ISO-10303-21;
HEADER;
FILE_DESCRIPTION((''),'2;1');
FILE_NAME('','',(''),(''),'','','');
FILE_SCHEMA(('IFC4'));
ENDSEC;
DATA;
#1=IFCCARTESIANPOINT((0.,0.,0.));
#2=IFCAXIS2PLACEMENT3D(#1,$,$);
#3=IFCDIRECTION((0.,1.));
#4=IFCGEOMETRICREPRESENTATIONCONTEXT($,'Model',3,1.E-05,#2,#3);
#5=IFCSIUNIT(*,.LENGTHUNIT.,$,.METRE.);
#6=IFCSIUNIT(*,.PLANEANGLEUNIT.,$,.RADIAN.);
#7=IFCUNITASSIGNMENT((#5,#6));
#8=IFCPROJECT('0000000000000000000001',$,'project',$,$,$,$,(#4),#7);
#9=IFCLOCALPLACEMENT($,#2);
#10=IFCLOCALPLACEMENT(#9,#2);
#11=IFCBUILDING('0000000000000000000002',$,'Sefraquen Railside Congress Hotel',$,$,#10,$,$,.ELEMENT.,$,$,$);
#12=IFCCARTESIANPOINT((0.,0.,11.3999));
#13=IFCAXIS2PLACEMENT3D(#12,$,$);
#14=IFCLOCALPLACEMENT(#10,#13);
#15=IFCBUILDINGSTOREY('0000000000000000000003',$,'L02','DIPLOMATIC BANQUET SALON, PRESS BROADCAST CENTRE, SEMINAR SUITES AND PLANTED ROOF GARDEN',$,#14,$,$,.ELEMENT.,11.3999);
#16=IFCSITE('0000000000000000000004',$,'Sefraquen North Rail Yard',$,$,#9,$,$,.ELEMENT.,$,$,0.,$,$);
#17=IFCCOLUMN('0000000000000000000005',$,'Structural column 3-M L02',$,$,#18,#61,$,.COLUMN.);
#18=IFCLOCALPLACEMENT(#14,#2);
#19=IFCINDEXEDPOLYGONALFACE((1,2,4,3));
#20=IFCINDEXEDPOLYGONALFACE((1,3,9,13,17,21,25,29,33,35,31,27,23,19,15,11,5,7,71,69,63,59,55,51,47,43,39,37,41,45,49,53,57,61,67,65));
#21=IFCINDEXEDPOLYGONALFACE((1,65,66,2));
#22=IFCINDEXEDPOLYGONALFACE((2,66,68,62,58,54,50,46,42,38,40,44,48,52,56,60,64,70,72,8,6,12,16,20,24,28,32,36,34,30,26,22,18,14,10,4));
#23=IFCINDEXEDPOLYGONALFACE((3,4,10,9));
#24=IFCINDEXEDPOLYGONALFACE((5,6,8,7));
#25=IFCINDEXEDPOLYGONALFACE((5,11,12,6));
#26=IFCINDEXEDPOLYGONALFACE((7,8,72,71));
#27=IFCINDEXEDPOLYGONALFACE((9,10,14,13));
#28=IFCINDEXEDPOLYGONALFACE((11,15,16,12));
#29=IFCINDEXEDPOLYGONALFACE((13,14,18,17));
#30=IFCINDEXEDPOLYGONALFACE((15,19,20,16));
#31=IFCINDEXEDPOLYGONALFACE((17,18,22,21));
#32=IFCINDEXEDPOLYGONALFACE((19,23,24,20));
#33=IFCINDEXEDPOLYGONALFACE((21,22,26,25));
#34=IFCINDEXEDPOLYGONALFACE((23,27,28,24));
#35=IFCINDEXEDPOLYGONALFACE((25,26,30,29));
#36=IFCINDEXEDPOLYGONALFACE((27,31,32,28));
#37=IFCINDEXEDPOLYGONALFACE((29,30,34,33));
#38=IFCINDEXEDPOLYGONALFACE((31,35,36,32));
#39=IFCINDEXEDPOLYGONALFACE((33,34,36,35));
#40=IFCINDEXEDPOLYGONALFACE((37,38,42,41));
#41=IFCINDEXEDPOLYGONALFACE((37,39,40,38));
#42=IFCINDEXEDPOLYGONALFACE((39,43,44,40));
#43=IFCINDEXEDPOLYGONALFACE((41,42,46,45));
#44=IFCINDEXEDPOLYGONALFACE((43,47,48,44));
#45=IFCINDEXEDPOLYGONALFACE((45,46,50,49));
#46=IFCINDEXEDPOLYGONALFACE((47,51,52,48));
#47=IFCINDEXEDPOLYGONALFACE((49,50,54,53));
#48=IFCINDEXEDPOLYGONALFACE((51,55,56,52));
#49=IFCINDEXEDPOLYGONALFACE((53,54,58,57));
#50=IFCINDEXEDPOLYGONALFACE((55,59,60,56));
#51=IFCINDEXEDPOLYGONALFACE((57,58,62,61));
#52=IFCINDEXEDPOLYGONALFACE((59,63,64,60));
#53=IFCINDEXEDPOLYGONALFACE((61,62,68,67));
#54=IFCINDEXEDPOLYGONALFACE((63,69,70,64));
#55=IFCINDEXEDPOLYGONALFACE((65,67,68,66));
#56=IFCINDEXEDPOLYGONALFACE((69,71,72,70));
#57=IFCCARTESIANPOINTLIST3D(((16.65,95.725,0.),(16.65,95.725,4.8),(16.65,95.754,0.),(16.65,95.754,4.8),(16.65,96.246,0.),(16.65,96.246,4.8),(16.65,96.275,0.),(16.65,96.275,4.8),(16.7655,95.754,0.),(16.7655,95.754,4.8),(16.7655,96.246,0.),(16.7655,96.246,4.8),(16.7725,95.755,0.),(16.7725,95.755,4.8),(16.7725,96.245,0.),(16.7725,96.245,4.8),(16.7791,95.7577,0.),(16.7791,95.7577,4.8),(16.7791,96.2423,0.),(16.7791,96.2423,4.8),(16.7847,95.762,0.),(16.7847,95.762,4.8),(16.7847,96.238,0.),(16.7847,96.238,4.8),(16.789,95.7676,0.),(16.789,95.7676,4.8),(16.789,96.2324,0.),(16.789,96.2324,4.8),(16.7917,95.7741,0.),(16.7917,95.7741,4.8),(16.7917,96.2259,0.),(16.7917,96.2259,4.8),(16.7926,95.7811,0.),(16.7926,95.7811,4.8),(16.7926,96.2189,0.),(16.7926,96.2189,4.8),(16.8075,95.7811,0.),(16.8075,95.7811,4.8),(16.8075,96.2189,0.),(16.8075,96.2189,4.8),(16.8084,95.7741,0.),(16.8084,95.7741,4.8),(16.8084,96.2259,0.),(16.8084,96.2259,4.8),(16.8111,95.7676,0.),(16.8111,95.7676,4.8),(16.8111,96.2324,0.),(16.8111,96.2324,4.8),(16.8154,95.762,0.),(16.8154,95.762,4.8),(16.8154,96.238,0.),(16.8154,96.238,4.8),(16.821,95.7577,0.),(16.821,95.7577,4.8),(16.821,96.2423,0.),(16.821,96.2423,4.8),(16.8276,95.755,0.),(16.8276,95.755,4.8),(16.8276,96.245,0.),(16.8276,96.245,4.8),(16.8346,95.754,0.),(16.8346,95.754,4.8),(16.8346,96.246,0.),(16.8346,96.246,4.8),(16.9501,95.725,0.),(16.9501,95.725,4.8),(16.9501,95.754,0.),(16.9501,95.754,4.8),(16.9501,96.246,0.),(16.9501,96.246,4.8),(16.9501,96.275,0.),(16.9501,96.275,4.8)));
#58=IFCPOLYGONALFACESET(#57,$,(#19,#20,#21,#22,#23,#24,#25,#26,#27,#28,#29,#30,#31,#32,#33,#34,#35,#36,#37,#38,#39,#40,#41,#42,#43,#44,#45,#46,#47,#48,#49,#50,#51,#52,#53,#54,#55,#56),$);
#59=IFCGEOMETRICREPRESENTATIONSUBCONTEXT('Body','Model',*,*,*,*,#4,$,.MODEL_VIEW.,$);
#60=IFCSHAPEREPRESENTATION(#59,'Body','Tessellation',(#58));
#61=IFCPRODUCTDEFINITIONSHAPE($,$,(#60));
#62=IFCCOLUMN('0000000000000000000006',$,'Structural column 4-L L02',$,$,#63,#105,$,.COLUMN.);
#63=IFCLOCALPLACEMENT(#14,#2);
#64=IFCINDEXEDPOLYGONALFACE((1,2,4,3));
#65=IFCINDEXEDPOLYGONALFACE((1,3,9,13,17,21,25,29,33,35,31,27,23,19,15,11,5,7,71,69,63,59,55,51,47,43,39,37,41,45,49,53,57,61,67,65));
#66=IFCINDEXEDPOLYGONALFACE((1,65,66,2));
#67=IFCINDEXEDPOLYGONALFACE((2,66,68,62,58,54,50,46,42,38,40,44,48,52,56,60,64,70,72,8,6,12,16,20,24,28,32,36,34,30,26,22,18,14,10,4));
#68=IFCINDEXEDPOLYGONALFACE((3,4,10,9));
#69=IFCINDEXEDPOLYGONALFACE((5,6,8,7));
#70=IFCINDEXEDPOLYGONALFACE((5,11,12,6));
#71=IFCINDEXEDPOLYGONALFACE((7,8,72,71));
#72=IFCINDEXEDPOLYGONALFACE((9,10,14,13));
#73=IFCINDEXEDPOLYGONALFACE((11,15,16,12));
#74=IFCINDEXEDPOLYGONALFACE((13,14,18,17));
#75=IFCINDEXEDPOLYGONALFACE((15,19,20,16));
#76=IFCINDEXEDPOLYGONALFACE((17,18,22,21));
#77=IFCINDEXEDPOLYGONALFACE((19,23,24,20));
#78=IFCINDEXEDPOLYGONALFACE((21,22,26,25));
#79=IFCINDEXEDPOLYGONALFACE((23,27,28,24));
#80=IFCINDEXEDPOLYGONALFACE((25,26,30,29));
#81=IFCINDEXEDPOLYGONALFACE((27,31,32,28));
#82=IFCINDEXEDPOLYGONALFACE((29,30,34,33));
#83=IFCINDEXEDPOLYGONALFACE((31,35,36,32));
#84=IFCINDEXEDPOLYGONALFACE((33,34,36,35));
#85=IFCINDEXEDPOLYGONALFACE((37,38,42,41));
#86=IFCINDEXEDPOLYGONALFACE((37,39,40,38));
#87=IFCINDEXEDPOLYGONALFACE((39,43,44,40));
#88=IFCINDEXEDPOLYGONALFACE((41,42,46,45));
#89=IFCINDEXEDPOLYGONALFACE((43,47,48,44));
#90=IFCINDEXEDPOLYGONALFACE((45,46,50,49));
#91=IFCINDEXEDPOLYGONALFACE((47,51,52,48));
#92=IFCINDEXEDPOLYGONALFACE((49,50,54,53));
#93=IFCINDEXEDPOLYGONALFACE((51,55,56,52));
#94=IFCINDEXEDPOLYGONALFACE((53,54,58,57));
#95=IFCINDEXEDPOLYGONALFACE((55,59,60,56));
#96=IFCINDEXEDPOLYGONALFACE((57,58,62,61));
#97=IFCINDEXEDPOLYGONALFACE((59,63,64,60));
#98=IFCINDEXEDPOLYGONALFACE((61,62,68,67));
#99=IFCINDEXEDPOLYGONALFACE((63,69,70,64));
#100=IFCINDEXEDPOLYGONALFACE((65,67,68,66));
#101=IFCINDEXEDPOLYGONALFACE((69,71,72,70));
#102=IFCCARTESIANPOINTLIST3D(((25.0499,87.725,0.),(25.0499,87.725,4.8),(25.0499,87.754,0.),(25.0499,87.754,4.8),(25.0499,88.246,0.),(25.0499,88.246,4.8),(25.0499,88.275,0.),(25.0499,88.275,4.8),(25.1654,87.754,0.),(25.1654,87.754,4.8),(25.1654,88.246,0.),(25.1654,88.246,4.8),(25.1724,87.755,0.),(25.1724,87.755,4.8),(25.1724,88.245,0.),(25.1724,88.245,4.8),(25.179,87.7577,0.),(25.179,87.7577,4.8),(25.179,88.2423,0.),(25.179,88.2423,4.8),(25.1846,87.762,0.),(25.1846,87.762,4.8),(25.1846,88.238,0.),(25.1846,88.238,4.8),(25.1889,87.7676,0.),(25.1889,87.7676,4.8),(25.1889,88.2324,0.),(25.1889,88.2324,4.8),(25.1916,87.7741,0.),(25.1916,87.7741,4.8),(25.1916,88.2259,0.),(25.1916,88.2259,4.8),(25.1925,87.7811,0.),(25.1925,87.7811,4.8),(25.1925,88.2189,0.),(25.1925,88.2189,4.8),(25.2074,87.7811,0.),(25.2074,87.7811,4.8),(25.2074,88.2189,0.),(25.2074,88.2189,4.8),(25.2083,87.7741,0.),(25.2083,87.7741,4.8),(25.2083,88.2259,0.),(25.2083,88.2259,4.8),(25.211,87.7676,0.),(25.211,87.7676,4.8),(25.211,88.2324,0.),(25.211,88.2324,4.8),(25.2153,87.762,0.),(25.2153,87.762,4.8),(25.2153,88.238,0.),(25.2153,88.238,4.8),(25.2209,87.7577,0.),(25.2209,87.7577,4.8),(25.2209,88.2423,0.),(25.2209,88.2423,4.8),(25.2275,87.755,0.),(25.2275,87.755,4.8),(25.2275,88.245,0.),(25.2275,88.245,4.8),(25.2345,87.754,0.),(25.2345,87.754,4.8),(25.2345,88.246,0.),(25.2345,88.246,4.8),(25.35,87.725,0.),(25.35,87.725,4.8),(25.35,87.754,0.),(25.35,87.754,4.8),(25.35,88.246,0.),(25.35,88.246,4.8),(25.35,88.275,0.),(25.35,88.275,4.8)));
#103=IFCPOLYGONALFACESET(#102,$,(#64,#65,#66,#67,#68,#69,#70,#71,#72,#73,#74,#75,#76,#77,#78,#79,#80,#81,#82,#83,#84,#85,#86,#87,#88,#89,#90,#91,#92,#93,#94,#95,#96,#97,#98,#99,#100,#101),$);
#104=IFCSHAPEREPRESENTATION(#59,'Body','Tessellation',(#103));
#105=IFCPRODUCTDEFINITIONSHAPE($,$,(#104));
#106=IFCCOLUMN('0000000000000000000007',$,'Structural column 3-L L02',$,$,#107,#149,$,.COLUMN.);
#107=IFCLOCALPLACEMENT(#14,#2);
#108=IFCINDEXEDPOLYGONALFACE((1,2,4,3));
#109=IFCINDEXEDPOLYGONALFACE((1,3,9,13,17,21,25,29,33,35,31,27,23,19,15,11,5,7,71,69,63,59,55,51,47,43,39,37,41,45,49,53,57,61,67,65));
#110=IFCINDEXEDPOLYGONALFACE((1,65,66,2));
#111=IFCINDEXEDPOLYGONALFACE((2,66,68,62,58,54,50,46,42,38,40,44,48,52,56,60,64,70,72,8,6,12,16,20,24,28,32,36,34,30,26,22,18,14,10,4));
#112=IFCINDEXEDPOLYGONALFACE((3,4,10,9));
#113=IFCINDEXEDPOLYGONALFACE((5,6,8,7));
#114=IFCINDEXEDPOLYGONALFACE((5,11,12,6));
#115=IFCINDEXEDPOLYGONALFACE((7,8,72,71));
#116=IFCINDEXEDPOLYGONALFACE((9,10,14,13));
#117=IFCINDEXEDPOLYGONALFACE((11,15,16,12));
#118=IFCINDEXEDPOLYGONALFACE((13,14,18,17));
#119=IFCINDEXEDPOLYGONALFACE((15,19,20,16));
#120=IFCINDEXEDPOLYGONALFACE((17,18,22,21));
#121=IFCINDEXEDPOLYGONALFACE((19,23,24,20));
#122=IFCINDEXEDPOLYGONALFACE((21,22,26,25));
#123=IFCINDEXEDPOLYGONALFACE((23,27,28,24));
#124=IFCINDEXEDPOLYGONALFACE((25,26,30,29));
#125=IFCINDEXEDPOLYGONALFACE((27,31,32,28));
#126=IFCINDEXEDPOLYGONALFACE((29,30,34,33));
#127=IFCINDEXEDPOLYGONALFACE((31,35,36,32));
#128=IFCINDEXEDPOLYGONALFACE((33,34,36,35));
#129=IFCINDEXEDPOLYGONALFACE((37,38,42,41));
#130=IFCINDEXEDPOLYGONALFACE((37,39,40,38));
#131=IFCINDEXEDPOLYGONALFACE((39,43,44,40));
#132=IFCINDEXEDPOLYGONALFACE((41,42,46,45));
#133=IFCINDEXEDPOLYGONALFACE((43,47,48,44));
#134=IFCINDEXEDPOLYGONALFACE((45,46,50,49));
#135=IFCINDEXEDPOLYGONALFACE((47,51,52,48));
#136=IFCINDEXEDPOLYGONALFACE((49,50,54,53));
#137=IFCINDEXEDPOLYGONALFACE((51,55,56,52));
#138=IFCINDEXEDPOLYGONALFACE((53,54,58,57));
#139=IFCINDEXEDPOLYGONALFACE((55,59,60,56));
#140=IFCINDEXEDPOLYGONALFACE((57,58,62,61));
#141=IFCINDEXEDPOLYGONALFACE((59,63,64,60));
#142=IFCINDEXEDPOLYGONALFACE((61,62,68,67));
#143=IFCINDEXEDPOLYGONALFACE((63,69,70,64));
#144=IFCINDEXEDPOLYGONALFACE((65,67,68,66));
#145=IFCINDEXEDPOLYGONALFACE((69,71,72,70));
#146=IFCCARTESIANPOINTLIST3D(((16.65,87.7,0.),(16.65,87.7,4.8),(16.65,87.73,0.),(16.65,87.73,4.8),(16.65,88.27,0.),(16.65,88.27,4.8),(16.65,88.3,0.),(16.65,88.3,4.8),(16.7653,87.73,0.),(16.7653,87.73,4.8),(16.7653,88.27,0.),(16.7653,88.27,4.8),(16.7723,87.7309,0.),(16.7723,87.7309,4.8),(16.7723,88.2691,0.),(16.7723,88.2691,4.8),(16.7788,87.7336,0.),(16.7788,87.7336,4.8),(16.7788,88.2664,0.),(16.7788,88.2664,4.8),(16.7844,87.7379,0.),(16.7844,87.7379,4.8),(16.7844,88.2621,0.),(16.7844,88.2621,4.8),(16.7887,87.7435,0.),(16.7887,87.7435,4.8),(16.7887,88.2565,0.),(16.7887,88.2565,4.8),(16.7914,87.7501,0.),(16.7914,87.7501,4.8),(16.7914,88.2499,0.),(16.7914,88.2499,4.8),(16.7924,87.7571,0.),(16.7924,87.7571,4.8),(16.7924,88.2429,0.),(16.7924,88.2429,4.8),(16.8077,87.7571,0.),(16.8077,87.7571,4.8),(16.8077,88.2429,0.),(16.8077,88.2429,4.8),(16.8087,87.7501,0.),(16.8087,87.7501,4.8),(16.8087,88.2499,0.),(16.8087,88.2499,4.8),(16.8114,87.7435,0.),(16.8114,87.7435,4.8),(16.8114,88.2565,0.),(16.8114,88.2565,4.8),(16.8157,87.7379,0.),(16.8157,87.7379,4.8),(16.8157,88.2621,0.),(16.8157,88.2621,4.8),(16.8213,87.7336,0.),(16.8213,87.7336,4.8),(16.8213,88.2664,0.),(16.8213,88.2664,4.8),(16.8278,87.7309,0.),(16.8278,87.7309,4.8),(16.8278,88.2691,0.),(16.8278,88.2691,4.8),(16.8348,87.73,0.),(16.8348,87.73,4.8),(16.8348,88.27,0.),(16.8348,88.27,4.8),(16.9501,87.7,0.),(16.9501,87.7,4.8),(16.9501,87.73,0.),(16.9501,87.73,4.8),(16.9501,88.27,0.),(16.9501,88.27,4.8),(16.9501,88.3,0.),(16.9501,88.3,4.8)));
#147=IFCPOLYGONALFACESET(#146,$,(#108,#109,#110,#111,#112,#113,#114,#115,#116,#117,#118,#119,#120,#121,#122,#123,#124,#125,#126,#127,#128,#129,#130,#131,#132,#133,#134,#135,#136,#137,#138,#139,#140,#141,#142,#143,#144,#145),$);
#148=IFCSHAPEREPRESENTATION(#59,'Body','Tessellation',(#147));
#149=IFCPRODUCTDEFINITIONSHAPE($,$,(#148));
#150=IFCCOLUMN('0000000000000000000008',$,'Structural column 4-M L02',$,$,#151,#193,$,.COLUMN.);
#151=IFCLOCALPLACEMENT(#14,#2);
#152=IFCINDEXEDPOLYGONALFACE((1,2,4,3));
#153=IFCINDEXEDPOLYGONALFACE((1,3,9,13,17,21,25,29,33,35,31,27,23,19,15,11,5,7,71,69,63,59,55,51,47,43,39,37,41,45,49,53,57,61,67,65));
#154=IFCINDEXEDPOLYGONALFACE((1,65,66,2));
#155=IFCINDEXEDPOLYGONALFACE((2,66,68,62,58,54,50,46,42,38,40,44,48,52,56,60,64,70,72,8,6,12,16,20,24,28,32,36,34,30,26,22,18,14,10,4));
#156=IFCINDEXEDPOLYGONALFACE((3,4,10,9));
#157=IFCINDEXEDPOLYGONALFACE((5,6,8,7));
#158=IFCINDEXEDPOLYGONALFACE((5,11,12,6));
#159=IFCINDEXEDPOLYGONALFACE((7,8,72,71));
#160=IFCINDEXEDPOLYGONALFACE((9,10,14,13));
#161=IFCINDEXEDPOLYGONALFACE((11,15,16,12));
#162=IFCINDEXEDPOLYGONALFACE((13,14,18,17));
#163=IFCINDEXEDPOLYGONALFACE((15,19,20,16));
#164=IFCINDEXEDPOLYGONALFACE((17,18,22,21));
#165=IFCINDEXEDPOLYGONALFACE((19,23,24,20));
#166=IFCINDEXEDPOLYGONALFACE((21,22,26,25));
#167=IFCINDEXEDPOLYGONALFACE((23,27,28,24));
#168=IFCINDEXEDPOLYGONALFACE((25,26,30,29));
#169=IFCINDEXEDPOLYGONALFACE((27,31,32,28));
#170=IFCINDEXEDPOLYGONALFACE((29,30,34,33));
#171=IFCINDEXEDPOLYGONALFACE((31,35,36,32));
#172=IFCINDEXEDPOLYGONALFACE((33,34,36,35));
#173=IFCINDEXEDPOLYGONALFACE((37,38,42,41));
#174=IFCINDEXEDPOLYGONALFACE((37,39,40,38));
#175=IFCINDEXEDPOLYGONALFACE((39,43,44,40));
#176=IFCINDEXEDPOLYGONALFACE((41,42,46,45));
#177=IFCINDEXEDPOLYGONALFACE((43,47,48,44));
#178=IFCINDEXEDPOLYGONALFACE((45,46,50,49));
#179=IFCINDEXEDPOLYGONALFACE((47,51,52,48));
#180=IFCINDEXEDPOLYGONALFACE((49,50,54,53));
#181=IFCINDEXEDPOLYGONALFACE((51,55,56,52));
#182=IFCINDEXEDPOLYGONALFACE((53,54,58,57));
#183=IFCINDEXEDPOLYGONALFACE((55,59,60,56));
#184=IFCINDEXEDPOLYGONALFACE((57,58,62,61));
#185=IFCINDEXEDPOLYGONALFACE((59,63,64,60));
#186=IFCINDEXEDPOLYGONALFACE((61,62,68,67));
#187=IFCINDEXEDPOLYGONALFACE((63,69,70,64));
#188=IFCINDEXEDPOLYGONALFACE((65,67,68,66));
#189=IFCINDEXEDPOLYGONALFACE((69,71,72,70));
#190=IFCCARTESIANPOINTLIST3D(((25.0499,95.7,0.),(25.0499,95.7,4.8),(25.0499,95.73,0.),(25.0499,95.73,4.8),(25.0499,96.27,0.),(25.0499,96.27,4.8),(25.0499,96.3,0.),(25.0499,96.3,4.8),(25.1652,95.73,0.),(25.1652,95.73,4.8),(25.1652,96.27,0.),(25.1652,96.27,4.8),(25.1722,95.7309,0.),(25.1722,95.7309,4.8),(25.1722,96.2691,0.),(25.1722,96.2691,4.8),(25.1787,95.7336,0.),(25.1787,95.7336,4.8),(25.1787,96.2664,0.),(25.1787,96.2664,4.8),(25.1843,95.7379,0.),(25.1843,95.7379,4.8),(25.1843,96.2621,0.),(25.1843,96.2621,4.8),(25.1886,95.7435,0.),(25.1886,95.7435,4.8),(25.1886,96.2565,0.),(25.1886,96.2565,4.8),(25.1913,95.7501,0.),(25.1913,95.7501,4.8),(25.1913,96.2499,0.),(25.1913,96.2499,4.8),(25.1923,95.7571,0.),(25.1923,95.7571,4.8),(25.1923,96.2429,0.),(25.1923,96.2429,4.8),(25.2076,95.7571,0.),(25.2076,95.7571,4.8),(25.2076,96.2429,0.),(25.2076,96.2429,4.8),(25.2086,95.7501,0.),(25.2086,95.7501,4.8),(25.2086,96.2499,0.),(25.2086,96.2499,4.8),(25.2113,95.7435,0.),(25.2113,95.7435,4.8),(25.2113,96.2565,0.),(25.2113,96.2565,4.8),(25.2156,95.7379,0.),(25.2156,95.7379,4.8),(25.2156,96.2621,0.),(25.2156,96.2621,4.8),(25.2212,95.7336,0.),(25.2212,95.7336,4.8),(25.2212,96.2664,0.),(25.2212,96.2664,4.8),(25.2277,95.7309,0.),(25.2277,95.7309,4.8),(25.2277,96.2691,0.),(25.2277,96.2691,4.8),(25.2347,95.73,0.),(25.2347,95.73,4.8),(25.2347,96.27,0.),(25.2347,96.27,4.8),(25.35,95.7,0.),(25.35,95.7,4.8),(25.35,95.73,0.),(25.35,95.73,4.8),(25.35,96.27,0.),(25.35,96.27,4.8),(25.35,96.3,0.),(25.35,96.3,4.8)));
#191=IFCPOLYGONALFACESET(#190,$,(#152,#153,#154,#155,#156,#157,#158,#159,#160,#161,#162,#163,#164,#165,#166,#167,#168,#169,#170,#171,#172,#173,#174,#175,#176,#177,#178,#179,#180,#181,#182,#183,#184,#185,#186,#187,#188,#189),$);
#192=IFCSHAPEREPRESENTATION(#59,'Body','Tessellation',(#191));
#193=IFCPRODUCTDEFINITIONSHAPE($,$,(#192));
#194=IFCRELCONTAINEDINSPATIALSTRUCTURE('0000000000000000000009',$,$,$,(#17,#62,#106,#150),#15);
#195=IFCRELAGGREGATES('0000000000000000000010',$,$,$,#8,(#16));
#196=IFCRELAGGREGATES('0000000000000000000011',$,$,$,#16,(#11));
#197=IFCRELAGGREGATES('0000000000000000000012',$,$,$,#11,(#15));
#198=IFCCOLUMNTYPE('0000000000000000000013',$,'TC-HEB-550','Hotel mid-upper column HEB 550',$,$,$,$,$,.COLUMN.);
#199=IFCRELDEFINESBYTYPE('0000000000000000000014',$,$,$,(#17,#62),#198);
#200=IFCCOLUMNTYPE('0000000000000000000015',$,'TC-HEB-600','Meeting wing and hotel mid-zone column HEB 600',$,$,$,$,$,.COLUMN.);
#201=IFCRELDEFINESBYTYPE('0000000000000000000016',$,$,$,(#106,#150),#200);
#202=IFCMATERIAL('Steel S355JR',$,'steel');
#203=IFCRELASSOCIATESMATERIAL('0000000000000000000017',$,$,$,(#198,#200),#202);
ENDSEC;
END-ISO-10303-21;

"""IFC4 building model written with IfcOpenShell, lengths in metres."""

from ifc_helpers import new_model, si_unit, direction, frame, origin, origin_2d, place, context, subcontext, project, spatial, i_section, extrude, material, material_profile, profile_set, type_object, element, save


model = new_model("IFC4")

# Units and contexts
model_context = context("Model", 3, precision=1e-05, world=origin(), true_north=direction((0.0, 1.0)))
body_context = subcontext(model_context, "Body", "Model", "MODEL_VIEW")
ifc_project = project(units=[si_unit("LENGTHUNIT", "METRE"), si_unit("PLANEANGLEUNIT", "RADIAN")], contexts=[model_context])

# Site, building, storey
site_placement = place(None, origin())
site = spatial("IfcSite", under=ifc_project, at=site_placement, Name="Sefraquen North Rail Yard", CompositionType="ELEMENT", RefElevation=0.0)
building_placement = place(site_placement, origin())
building = spatial("IfcBuilding", under=site, at=building_placement, Name="Sefraquen Railside Congress Hotel", CompositionType="ELEMENT")
storey_placement = place(building_placement, frame((0.0, 0.0, 11.3999)))
storey = spatial("IfcBuildingStorey", under=building, at=storey_placement, Name="L02", Description="DIPLOMATIC BANQUET SALON, PRESS BROADCAST CENTRE, SEMINAR SUITES AND PLANTED ROOF GARDEN", CompositionType="ELEMENT", Elevation=11.3999)

# Columns
ifc_material_1 = material(Name="Steel S355JR", Category="steel")
ifc_material_profile_1 = material_profile(ifc_material_1, i_section(OverallWidth=0.3, OverallDepth=0.55, WebThickness=0.0149, FlangeThickness=0.0291, FilletRadius=0.0271, at=origin_2d()), Name="HEB 550")
ifc_profile_set_1 = profile_set([ifc_material_profile_1], Name="Steel S355JR")
column_type_1 = type_object("IfcColumnType", Name="TC-HEB-550", Description="Hotel mid-upper column HEB 550", PredefinedType="COLUMN", material=ifc_profile_set_1)
for number, where, z_axis, x_axis, name in (
    (1, (16.8, 96.0, 0.0), (0.0, 0.0, 1.0), (1.0, 0.0, 0.0), "Structural column 3-M L02"),
    (2, (25.2, 88.0, 0.0), (0.0, 0.0, 1.0), (1.0, 0.0, 0.0), "Structural column 4-L L02"),
):
    element("IfcColumn", number, at=place(storey_placement, frame(where, z_axis=z_axis, x_axis=x_axis)), inside=storey, type_object=column_type_1, Name=name, PredefinedType="COLUMN", context=body_context, shape_type="SweptSolid", body=[
        extrude(i_section(OverallWidth=0.3, OverallDepth=0.55, WebThickness=0.0149, FlangeThickness=0.0291, FilletRadius=0.0271, at=origin_2d()), origin(), (0.0, 0.0, 1.0), 4.8),
    ])
ifc_material_profile_2 = material_profile(ifc_material_1, i_section(OverallWidth=0.3, OverallDepth=0.6001, WebThickness=0.0154, FlangeThickness=0.03, FilletRadius=0.0271, at=origin_2d()), Name="HEB 600")
ifc_profile_set_2 = profile_set([ifc_material_profile_2], Name="Steel S355JR")
column_type_2 = type_object("IfcColumnType", Name="TC-HEB-600", Description="Meeting wing and hotel mid-zone column HEB 600", PredefinedType="COLUMN", material=ifc_profile_set_2)
for number, where, z_axis, x_axis, name in (
    (3, (16.8, 88.0, 0.0), (0.0, 0.0, 1.0), (1.0, 0.0, 0.0), "Structural column 3-L L02"),
    (4, (25.2, 96.0, 0.0), (0.0, 0.0, 1.0), (1.0, 0.0, 0.0), "Structural column 4-M L02"),
):
    element("IfcColumn", number, at=place(storey_placement, frame(where, z_axis=z_axis, x_axis=x_axis)), inside=storey, type_object=column_type_2, Name=name, PredefinedType="COLUMN", context=body_context, shape_type="SweptSolid", body=[
        extrude(i_section(OverallWidth=0.3, OverallDepth=0.6001, WebThickness=0.0154, FlangeThickness=0.03, FilletRadius=0.0271, at=origin_2d()), origin(), (0.0, 0.0, 1.0), 4.8),
    ])

save(model, "model.ifc")
